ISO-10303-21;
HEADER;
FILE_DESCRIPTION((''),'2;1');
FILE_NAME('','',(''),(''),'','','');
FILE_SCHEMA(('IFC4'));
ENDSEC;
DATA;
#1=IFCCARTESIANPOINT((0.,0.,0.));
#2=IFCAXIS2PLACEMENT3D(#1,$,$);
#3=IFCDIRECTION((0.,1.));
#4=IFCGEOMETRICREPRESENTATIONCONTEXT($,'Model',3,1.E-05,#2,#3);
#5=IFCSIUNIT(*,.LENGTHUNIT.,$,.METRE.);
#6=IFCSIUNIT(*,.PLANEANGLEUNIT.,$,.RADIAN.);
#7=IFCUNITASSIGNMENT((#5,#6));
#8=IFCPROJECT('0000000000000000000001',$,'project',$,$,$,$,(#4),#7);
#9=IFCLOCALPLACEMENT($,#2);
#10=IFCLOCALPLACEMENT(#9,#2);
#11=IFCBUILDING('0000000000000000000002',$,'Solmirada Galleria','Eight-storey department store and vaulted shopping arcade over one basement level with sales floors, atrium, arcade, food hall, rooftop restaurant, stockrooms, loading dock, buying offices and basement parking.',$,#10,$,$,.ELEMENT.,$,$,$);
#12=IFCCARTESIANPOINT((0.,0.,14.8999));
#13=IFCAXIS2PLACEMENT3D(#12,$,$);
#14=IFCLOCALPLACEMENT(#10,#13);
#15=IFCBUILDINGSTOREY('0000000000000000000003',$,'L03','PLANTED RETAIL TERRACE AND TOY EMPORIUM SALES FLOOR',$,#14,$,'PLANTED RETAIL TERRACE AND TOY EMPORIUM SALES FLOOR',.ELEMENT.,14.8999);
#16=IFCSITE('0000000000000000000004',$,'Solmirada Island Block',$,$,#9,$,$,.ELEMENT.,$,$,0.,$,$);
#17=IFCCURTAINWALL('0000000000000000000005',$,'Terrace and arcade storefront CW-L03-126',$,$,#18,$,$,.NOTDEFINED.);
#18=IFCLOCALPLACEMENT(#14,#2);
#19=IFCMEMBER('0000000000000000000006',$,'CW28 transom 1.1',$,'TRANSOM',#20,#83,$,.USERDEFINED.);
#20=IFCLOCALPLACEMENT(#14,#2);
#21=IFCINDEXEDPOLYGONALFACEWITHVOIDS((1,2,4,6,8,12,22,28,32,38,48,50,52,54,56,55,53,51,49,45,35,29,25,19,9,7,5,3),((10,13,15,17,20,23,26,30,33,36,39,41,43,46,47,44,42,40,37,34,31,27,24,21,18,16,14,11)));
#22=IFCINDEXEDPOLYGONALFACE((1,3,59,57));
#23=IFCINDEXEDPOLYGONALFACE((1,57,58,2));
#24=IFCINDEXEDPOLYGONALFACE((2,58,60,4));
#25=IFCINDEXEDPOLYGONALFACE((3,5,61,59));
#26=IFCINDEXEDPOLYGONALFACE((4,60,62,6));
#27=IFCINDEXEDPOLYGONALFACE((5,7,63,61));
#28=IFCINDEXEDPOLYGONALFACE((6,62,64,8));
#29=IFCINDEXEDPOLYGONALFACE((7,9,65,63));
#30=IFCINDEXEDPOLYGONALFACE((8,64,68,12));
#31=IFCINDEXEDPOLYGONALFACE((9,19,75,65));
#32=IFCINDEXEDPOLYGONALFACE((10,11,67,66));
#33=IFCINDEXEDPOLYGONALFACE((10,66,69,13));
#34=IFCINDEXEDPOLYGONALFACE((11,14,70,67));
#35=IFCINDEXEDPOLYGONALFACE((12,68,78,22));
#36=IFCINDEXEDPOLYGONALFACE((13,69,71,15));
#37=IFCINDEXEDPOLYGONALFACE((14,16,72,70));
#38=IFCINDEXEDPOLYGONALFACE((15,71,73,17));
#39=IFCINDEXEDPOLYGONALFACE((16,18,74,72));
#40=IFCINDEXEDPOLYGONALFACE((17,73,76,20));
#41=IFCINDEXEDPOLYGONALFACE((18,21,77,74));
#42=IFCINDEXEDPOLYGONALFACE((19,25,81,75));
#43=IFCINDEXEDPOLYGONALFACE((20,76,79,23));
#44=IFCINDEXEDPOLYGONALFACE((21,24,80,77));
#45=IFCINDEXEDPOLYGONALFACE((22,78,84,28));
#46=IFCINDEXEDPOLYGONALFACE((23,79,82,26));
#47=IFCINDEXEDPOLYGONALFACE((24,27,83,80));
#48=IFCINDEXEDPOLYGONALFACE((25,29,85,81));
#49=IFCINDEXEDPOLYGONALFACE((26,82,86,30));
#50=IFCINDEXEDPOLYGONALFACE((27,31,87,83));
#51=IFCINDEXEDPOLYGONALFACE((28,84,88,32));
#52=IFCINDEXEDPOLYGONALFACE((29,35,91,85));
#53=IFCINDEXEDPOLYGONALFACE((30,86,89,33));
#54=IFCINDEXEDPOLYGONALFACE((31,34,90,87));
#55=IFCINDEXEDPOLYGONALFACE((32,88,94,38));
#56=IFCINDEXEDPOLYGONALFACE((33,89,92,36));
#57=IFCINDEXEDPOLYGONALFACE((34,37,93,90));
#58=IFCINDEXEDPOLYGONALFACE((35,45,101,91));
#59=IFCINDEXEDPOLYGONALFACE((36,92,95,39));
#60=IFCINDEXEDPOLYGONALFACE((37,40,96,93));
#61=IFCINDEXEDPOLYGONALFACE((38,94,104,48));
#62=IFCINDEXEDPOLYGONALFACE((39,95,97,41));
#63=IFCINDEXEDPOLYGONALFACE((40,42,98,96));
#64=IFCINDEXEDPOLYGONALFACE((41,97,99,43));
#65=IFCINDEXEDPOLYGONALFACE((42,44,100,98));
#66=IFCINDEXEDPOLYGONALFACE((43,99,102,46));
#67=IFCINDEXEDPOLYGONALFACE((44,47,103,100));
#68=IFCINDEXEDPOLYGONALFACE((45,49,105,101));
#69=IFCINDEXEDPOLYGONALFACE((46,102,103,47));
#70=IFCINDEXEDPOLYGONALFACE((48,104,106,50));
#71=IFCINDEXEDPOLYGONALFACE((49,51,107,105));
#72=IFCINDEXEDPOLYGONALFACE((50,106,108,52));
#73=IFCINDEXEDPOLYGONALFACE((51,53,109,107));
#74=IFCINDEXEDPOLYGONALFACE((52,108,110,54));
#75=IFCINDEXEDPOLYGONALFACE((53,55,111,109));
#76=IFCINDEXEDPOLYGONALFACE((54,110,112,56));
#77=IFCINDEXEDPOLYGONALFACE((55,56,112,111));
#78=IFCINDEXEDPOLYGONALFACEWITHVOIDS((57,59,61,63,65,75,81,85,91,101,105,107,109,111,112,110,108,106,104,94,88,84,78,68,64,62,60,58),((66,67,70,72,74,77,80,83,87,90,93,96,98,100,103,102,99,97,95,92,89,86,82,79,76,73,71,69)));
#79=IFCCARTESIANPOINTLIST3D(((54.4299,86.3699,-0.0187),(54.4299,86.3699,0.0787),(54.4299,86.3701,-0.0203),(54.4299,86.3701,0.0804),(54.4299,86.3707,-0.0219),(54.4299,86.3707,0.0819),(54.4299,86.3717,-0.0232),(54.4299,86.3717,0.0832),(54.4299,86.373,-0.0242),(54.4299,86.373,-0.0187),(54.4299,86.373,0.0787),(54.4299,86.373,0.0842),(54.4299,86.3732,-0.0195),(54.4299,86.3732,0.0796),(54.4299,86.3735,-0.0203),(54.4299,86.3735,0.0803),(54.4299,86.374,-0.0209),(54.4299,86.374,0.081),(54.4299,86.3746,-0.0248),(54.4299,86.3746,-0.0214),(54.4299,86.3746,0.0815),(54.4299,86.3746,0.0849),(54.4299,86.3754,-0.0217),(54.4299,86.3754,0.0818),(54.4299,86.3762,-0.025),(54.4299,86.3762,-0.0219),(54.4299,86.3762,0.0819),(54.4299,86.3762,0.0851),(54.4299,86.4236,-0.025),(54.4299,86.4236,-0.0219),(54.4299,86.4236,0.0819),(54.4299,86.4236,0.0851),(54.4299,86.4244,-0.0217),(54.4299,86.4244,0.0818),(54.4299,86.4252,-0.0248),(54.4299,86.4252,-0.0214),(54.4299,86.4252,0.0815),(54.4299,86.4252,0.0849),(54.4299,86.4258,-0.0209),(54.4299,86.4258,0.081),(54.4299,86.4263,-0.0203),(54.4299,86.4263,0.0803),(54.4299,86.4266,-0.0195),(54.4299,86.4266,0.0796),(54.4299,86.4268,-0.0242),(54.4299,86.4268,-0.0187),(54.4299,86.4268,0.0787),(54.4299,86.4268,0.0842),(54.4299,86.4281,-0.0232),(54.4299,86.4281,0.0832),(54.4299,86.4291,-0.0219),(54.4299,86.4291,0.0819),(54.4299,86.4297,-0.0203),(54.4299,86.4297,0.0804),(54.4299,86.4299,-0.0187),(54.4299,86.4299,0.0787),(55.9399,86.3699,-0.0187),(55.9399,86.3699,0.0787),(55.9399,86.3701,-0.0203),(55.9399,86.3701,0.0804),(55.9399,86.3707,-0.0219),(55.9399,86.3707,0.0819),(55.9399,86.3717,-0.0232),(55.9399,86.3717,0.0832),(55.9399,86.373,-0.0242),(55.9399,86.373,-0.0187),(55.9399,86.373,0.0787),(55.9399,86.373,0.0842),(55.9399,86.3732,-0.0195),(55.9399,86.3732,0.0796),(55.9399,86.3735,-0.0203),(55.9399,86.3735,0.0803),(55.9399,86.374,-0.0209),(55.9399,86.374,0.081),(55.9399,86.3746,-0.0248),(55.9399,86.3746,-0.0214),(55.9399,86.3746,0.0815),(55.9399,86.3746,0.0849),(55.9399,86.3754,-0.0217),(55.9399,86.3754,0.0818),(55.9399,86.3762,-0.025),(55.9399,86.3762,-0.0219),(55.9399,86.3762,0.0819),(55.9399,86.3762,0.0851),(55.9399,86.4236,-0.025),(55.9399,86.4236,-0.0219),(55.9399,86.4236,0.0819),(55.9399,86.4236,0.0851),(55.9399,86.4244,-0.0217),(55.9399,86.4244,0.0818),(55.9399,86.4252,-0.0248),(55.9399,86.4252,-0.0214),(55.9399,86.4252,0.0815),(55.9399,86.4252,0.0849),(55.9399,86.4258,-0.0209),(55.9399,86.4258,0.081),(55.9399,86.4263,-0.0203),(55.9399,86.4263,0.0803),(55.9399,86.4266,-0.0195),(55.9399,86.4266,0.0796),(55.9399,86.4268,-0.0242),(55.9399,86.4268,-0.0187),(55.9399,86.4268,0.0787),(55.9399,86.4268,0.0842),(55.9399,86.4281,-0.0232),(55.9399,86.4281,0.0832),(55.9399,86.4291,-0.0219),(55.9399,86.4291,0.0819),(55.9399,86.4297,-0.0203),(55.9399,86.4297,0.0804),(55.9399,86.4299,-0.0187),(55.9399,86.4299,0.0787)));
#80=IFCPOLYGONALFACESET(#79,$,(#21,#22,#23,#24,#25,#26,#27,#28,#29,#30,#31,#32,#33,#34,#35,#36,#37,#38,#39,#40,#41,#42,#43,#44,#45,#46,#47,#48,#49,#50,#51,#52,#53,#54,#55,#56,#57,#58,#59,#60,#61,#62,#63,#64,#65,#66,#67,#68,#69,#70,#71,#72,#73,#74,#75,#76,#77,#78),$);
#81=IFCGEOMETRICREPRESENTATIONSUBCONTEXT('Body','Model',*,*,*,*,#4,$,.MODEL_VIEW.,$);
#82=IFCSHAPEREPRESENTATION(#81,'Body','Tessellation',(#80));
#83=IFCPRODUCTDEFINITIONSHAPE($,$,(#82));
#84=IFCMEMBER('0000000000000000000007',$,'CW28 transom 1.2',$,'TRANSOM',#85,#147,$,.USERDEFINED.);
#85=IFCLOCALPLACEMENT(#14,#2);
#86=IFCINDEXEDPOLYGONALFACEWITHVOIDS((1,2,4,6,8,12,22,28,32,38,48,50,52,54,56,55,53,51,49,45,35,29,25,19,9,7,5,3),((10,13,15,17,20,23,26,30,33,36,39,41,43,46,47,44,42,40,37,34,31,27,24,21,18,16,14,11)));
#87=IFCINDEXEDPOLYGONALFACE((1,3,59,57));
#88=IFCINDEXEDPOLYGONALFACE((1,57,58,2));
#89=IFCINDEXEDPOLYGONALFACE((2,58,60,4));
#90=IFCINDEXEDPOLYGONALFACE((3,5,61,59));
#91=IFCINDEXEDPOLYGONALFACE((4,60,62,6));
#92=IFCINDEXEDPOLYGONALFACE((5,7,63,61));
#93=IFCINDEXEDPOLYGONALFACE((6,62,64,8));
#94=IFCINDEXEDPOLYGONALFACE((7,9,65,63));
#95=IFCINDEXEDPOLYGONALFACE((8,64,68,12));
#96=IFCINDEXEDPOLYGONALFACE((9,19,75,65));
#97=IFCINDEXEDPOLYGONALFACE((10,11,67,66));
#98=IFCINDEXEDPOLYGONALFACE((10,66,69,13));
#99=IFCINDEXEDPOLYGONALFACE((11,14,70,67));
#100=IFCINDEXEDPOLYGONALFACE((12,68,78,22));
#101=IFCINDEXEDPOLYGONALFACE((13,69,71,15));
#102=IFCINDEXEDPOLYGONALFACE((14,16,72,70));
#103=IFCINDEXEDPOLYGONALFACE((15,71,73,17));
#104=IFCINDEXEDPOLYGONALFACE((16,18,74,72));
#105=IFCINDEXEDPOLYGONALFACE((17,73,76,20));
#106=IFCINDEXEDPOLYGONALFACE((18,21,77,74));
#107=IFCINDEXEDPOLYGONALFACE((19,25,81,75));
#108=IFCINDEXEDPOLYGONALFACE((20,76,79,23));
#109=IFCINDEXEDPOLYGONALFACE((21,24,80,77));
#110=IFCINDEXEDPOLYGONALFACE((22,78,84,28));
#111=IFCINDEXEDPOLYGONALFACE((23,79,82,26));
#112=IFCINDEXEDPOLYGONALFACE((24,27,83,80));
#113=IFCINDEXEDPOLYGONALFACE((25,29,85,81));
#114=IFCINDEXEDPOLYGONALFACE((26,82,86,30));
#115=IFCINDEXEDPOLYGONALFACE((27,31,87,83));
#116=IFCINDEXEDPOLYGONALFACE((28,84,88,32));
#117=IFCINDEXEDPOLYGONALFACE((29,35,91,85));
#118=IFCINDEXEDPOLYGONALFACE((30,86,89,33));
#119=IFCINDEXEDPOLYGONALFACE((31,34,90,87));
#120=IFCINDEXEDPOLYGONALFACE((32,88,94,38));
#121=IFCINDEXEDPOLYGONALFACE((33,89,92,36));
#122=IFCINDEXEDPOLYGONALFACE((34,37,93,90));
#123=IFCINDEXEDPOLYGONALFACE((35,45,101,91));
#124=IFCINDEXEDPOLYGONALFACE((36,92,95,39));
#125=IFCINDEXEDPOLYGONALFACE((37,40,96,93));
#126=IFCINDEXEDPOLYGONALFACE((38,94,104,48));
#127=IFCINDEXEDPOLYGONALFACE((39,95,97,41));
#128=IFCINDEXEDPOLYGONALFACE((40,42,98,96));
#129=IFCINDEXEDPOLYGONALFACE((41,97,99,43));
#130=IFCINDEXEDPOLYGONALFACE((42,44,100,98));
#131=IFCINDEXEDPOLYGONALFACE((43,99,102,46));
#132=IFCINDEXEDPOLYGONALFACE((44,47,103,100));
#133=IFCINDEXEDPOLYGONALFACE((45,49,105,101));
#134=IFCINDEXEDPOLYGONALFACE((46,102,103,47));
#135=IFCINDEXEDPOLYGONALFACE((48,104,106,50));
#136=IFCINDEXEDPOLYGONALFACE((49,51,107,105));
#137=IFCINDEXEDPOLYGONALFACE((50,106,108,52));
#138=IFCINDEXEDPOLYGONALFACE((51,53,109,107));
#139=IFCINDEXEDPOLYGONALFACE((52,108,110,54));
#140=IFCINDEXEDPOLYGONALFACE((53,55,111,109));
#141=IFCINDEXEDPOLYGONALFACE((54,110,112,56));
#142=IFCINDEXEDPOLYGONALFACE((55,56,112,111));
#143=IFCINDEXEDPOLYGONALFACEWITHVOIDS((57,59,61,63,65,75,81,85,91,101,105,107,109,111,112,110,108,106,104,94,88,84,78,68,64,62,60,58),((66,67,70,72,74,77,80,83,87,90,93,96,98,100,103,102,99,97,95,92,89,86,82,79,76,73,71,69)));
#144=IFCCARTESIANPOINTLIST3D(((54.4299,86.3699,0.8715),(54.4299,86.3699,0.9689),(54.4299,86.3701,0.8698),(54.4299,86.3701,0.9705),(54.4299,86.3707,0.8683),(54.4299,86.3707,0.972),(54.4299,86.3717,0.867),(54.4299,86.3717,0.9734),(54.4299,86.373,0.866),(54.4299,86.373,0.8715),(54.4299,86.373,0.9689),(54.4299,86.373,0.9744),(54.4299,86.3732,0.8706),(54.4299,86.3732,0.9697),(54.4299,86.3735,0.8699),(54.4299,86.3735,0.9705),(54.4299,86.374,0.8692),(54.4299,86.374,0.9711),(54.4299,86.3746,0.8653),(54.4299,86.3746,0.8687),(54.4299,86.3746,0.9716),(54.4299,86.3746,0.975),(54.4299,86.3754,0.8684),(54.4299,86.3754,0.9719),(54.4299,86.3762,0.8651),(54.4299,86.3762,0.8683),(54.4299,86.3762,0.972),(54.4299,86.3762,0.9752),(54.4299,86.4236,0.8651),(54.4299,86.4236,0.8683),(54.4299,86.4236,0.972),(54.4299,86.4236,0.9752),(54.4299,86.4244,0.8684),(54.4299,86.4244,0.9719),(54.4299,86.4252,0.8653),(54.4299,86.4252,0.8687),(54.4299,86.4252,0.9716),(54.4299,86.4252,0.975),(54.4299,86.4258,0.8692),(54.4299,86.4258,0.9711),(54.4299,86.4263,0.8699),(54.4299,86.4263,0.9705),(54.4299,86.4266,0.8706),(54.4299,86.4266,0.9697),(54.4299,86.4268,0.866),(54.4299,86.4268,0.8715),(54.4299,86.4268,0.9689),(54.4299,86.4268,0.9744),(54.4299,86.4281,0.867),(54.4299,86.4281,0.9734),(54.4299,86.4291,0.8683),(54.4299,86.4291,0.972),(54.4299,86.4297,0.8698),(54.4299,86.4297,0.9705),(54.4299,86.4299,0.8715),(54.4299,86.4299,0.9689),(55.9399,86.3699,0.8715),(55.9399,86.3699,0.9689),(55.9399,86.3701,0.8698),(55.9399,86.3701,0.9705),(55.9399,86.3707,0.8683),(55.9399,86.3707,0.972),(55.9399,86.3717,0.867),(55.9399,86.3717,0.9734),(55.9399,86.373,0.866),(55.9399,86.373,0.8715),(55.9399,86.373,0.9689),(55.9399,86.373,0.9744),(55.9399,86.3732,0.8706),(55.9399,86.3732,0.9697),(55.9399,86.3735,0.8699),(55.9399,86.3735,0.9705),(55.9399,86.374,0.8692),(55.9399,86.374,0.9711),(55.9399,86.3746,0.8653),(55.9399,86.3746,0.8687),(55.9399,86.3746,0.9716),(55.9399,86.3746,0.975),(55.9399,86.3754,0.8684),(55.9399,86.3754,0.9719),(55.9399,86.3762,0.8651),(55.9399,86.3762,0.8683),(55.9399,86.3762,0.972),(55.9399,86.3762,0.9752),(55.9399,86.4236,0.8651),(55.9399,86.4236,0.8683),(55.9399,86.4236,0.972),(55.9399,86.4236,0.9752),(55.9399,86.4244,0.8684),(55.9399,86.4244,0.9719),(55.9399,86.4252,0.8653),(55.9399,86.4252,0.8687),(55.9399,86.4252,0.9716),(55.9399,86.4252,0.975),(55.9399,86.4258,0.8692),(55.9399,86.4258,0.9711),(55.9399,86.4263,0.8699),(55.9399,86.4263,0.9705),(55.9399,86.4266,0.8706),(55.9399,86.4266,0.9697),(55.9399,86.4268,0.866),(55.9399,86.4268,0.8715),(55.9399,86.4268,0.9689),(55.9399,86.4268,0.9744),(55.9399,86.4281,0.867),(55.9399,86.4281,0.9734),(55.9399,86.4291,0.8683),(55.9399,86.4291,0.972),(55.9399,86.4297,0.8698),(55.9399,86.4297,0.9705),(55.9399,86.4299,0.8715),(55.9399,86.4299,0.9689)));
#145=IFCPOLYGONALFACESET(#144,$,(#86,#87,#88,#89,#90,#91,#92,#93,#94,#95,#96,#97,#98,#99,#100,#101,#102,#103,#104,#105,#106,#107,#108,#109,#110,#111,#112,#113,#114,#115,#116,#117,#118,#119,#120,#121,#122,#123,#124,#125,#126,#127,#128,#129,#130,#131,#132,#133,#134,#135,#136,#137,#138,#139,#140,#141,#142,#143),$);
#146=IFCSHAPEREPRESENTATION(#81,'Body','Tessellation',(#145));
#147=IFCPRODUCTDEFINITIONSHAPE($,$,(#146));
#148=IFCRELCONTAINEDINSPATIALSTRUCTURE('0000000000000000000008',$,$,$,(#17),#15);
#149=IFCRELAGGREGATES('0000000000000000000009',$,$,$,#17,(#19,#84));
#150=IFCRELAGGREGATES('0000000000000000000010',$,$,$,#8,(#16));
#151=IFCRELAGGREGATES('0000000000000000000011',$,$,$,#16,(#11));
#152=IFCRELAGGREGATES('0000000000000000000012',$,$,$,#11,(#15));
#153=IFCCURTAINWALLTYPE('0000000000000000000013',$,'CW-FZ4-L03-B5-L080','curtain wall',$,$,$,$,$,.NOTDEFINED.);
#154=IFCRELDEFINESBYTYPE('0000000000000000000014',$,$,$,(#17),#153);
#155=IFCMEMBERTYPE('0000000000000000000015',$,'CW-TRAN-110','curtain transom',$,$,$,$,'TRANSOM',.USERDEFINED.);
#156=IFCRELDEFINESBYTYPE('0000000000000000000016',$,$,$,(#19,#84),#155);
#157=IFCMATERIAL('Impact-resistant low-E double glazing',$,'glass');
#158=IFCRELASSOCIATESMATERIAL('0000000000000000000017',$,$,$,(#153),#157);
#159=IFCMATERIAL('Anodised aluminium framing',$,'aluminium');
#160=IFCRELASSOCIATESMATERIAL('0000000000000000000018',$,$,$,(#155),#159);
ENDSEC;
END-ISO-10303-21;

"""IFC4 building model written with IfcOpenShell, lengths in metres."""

from ifc_helpers import new_model, si_unit, direction, frame, origin, origin_2d, place, context, subcontext, project, spatial, hollow_rectangle, extrude, material, material_profile, profile_set, type_object, element, aggregate, save


model = new_model("IFC4")

# Units and contexts
model_context = context("Model", 3, precision=1e-05, world=origin(), true_north=direction((0.0, 1.0)))
body_context = subcontext(model_context, "Body", "Model", "MODEL_VIEW")
ifc_project = project(units=[si_unit("LENGTHUNIT", "METRE"), si_unit("PLANEANGLEUNIT", "RADIAN")], contexts=[model_context])

# Site, building, storey
site_placement = place(None, origin())
site = spatial("IfcSite", under=ifc_project, at=site_placement, Name="Solmirada Island Block", CompositionType="ELEMENT", RefElevation=0.0)
building_placement = place(site_placement, origin())
building = spatial("IfcBuilding", under=site, at=building_placement, Name="Solmirada Galleria", Description="Eight-storey department store and vaulted shopping arcade over one basement level with sales floors, atrium, arcade, food hall, rooftop restaurant, stockrooms, loading dock, buying offices and basement parking.", CompositionType="ELEMENT")
storey_placement = place(building_placement, frame((0.0, 0.0, 14.8999)))
storey = spatial("IfcBuildingStorey", under=building, at=storey_placement, Name="L03", Description="PLANTED RETAIL TERRACE AND TOY EMPORIUM SALES FLOOR", LongName="PLANTED RETAIL TERRACE AND TOY EMPORIUM SALES FLOOR", CompositionType="ELEMENT", Elevation=14.8999)

# Curtain wall, members
ifc_material_1 = material(Name="Impact-resistant low-E double glazing", Category="glass")
curtain_wall_type = type_object("IfcCurtainWallType", Name="CW-FZ4-L03-B5-L080", Description="curtain wall", PredefinedType="NOTDEFINED", material=ifc_material_1)
curtain_wall_placement = place(storey_placement, origin())
curtain_wall = element("IfcCurtainWall", 1, at=curtain_wall_placement, inside=storey, type_object=curtain_wall_type, Name="Terrace and arcade storefront CW-L03-126", PredefinedType="NOTDEFINED")
ifc_material_2 = material(Name="Anodised aluminium framing", Category="aluminium")
ifc_material_profile_1 = material_profile(ifc_material_2, hollow_rectangle(XDim=0.0601, YDim=0.1101, WallThickness=0.0032, InnerFilletRadius=0.0032, OuterFilletRadius=0.0063, at=origin_2d()), Name="ALU-TRAN-110X60")
ifc_profile_set_1 = profile_set([ifc_material_profile_1], Name="Anodised aluminium framing")
member_type_1 = type_object("IfcMemberType", Name="CW-TRAN-110", Description="curtain transom", ElementType="TRANSOM", PredefinedType="USERDEFINED", material=ifc_profile_set_1)
member_1_placement = place(storey_placement, frame((55.9399, 86.3999, 0.03), z_axis=(-1.0, 0.0, 0.0), x_axis=(0.0, -1.0, 0.0)))
member_1 = element("IfcMember", 2, at=member_1_placement, type_object=member_type_1, Name="CW28 transom 1.1", ObjectType="TRANSOM", PredefinedType="USERDEFINED", context=body_context, shape_type="SweptSolid", body=[
    extrude(hollow_rectangle(XDim=0.0601, YDim=0.1101, WallThickness=0.0032, InnerFilletRadius=0.0032, OuterFilletRadius=0.0063, at=origin_2d()), origin(), (0.0, 0.0, 1.0), 1.51),
])
member_2_placement = place(storey_placement, frame((55.9399, 86.3999, 0.9202), z_axis=(-1.0, 0.0, 0.0), x_axis=(0.0, -1.0, 0.0)))
member_2 = element("IfcMember", 3, at=member_2_placement, type_object=member_type_1, Name="CW28 transom 1.2", ObjectType="TRANSOM", PredefinedType="USERDEFINED", context=body_context, shape_type="SweptSolid", body=[
    extrude(hollow_rectangle(XDim=0.0601, YDim=0.1101, WallThickness=0.0032, InnerFilletRadius=0.0032, OuterFilletRadius=0.0063, at=origin_2d()), origin(), (0.0, 0.0, 1.0), 1.51),
])
aggregate(curtain_wall, [member_1, member_2])

save(model, "model.ifc")
